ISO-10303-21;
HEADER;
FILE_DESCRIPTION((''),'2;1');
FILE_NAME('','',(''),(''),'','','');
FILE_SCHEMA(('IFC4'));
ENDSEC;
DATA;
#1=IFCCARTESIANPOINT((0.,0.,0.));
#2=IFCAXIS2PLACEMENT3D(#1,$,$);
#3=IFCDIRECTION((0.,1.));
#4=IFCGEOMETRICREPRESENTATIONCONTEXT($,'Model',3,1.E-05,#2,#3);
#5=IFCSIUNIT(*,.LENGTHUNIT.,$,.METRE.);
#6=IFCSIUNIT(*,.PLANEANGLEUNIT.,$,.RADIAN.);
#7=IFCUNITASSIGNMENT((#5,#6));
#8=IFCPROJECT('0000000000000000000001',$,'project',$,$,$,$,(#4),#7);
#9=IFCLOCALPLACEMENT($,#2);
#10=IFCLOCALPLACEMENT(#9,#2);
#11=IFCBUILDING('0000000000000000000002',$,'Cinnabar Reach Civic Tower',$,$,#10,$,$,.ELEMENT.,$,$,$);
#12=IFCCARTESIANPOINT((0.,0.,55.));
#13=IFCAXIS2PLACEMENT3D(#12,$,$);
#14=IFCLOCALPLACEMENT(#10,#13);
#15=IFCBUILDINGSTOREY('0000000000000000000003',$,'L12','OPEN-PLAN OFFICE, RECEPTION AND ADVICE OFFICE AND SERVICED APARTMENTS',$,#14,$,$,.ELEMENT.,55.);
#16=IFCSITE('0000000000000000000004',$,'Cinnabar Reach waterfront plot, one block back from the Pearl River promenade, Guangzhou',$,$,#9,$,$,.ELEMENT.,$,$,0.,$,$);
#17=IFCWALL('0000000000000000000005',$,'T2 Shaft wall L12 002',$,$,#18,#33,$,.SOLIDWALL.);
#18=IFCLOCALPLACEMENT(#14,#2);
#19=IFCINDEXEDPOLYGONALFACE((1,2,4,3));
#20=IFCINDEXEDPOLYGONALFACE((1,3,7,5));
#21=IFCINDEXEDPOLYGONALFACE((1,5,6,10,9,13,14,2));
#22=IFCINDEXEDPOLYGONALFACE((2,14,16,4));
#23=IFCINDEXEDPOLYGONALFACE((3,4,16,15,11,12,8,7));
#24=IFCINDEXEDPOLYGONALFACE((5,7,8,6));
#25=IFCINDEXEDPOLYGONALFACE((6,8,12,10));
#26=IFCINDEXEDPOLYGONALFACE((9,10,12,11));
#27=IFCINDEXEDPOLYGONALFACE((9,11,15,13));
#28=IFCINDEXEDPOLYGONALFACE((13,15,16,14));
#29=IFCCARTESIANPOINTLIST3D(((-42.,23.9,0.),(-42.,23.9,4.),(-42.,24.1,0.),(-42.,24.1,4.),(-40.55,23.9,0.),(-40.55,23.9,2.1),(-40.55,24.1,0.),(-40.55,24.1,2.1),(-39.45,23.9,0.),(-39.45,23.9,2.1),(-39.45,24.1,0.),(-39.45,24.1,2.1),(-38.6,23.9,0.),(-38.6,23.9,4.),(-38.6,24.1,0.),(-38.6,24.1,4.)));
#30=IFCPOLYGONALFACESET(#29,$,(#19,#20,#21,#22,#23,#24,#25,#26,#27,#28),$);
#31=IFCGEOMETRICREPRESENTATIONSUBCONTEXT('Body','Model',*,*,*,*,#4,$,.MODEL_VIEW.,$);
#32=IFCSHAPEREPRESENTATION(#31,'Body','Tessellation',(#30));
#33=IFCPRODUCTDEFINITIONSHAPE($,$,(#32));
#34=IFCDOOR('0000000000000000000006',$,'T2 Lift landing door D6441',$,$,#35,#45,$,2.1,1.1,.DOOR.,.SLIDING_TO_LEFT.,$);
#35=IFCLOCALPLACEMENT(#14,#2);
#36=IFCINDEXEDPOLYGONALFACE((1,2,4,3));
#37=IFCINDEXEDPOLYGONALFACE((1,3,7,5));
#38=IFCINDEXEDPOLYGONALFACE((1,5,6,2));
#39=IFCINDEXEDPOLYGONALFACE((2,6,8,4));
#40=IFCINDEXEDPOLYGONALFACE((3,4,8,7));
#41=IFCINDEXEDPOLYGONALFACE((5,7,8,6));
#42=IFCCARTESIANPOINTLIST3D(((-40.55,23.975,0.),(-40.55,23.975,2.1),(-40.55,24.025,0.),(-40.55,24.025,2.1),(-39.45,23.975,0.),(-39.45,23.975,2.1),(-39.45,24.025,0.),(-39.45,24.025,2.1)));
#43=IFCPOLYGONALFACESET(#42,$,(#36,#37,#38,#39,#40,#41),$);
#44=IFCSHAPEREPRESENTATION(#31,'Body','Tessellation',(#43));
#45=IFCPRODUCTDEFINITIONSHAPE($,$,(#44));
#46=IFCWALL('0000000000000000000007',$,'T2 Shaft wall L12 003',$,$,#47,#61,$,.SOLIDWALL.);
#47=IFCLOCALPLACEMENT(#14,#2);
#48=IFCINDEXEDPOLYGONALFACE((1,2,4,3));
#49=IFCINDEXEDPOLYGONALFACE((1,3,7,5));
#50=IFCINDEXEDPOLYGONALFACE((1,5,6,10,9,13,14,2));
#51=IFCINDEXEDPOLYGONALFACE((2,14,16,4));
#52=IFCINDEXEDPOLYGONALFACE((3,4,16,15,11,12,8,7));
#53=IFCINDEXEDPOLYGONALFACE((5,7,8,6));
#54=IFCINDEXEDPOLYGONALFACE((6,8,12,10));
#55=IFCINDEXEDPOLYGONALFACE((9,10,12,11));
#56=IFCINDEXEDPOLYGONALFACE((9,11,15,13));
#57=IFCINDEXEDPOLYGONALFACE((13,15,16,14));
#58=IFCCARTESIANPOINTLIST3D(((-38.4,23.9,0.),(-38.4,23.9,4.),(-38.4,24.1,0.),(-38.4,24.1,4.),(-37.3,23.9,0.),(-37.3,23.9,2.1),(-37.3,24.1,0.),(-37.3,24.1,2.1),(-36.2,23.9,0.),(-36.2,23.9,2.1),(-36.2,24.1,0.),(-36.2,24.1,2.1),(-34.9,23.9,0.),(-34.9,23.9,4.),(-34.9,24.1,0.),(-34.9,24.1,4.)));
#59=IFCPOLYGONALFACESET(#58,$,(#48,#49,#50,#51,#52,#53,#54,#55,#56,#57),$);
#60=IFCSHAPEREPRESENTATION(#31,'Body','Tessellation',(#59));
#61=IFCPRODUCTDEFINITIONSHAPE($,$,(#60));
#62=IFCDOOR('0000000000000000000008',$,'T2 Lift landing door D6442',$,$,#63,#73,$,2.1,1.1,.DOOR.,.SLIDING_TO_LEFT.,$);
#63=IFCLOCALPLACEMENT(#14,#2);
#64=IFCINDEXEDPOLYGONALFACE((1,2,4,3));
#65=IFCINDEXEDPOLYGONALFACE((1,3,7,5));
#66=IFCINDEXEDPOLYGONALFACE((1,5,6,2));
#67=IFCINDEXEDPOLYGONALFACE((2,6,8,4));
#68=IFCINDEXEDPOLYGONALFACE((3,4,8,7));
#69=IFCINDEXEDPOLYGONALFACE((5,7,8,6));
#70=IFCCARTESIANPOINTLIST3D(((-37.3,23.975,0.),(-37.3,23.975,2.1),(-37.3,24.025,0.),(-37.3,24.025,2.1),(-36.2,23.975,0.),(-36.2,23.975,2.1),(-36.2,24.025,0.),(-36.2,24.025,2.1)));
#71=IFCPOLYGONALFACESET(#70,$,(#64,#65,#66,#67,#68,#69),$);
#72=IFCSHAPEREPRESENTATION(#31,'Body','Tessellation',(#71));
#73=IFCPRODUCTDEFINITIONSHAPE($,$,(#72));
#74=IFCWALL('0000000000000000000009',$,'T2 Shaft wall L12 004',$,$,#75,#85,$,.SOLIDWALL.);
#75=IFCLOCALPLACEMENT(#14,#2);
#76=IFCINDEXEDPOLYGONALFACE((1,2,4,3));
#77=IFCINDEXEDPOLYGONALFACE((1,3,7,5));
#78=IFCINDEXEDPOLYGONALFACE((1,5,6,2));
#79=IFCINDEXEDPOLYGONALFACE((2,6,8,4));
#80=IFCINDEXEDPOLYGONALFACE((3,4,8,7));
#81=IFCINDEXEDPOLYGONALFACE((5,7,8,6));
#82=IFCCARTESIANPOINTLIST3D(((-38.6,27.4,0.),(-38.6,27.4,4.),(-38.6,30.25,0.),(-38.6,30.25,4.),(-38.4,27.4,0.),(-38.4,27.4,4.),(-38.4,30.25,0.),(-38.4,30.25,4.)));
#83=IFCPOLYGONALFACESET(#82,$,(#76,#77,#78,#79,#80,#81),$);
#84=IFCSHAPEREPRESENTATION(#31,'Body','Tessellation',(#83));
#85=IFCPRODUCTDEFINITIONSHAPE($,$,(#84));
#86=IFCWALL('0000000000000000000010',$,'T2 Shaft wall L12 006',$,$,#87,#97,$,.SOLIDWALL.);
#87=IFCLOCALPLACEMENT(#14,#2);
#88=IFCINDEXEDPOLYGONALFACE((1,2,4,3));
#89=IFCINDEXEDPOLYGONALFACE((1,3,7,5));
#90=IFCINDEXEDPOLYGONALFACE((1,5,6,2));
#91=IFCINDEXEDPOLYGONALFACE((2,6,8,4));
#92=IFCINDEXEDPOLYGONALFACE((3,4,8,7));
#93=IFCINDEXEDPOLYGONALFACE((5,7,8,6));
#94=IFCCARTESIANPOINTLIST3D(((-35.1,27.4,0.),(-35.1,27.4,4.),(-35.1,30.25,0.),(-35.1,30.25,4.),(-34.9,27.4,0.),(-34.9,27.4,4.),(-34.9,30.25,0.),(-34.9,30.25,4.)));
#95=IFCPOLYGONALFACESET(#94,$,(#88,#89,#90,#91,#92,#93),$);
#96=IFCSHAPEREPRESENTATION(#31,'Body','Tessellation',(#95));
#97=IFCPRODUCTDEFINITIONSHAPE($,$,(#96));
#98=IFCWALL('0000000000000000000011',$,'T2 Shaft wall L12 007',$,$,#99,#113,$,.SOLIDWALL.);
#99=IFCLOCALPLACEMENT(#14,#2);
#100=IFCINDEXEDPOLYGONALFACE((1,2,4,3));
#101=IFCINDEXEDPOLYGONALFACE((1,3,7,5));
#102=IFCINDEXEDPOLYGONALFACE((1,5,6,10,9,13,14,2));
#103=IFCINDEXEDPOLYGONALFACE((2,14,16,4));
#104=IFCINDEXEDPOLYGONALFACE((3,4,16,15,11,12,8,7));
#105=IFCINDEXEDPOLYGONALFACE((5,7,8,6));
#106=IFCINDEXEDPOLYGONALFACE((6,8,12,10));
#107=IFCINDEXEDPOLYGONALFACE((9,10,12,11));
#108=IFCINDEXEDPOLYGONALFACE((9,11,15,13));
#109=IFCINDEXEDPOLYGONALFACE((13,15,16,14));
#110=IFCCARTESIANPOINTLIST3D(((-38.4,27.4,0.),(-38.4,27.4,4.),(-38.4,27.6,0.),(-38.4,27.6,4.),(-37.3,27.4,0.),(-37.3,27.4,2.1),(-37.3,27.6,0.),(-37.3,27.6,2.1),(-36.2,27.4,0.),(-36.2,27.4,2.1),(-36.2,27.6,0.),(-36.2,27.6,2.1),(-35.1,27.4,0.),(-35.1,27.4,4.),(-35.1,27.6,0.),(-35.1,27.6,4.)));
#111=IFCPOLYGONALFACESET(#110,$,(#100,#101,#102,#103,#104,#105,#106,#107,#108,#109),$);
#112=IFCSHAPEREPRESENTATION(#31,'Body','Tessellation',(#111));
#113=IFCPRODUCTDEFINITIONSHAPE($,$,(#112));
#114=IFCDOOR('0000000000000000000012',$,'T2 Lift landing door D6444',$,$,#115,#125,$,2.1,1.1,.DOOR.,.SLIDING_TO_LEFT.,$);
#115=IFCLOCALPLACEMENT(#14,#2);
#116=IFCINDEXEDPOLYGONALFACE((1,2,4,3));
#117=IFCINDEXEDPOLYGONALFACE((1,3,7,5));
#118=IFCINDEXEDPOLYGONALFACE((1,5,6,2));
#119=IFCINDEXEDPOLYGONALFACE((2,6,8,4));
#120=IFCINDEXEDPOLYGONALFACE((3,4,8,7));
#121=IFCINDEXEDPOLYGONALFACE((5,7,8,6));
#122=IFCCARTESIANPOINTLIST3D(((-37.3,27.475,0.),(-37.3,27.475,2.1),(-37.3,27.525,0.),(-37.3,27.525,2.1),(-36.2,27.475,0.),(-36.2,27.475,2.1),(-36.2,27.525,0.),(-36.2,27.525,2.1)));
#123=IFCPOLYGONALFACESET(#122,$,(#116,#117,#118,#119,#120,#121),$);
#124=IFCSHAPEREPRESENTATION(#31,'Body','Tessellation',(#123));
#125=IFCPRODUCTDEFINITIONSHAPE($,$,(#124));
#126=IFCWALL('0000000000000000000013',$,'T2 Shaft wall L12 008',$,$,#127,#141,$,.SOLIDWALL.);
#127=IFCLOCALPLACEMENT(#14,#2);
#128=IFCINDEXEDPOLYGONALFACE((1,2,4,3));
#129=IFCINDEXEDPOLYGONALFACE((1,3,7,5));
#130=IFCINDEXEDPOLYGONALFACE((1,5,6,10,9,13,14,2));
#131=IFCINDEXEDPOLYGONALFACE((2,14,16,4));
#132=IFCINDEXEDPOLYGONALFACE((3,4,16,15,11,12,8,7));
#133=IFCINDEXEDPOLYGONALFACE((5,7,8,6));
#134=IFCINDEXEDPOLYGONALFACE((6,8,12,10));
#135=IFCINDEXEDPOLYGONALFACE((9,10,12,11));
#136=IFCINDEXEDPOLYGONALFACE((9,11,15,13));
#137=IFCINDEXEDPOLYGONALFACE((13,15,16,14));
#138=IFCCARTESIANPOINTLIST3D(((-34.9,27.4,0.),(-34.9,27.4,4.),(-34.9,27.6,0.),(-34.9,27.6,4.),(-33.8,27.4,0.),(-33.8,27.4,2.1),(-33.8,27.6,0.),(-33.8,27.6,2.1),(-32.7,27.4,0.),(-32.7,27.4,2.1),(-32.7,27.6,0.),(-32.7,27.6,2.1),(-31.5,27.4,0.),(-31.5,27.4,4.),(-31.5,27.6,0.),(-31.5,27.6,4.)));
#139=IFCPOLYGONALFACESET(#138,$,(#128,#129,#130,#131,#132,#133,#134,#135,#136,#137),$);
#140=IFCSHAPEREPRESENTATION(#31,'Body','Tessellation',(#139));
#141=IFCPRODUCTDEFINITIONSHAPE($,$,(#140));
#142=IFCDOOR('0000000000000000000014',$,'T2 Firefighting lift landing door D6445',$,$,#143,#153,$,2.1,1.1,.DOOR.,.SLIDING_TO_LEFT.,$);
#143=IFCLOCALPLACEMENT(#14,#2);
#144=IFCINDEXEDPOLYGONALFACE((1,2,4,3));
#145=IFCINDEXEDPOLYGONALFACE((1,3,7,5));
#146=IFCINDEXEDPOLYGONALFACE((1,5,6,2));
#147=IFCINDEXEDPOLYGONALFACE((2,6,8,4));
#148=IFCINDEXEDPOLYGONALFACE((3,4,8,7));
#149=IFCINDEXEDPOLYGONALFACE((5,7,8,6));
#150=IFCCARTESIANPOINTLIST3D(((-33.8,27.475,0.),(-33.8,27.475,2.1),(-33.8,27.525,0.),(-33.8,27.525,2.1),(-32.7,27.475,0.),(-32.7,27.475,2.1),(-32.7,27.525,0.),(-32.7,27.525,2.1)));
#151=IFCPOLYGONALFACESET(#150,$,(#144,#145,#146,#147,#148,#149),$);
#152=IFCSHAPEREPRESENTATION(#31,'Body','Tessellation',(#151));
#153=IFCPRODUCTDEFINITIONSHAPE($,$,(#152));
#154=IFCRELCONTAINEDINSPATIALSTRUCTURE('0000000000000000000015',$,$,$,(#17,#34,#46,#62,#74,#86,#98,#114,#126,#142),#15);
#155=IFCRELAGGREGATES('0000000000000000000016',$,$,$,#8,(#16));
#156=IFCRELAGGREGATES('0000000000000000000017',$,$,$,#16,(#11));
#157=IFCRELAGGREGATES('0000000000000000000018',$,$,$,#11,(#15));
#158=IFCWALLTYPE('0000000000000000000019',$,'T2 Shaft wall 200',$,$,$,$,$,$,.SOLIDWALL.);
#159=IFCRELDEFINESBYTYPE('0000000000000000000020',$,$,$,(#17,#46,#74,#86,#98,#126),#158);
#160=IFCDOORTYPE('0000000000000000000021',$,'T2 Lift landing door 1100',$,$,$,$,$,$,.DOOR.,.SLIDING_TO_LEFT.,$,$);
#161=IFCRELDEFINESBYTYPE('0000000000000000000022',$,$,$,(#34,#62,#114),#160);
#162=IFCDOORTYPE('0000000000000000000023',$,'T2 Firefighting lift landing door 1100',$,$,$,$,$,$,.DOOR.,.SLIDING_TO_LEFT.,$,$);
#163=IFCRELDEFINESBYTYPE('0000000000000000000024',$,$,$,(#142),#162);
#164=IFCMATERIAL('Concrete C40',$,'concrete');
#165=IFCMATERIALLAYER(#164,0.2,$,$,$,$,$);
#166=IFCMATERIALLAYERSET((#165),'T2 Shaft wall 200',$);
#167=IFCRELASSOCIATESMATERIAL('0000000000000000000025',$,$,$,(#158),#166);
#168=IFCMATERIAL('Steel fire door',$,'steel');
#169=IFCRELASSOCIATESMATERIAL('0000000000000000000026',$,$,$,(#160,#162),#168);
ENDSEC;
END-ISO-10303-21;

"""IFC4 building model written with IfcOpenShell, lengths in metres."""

from ifc_helpers import new_model, si_unit, direction, frame, frame_2d, origin, place, context, subcontext, project, spatial, rectangle, extrude, material, layer, layer_set, type_object, element, fill, save


model = new_model("IFC4")

# Units and contexts
model_context = context("Model", 3, precision=1e-05, world=origin(), true_north=direction((0.0, 1.0)))
body_context = subcontext(model_context, "Body", "Model", "MODEL_VIEW")
ifc_project = project(units=[si_unit("LENGTHUNIT", "METRE"), si_unit("PLANEANGLEUNIT", "RADIAN")], contexts=[model_context])

# Site, building, storey
site_placement = place(None, origin())
site = spatial("IfcSite", under=ifc_project, at=site_placement, Name="Cinnabar Reach waterfront plot, one block back from the Pearl River promenade, Guangzhou", CompositionType="ELEMENT", RefElevation=0.0)
building_placement = place(site_placement, origin())
building = spatial("IfcBuilding", under=site, at=building_placement, Name="Cinnabar Reach Civic Tower", CompositionType="ELEMENT")
storey_placement = place(building_placement, frame((0.0, 0.0, 55.0)))
storey = spatial("IfcBuildingStorey", under=building, at=storey_placement, Name="L12", Description="OPEN-PLAN OFFICE, RECEPTION AND ADVICE OFFICE AND SERVICED APARTMENTS", CompositionType="ELEMENT", Elevation=55.0)

# Shared definitions
ifc_material_1 = material(Name="Steel fire door", Category="steel")

# Shared definitions
ifc_material_2 = material(Name="Concrete C40", Category="concrete")

# Walls, openings, doors
ifc_layer_1 = layer(ifc_material_2, 0.2)
ifc_layer_set_1 = layer_set([ifc_layer_1], Name="T2 Shaft wall 200")
wall_type_1 = type_object("IfcWallType", Name="T2 Shaft wall 200", PredefinedType="SOLIDWALL", material=ifc_layer_set_1)
wall_1_placement = place(storey_placement, frame((-38.6, 24.0, 0.0), z_axis=(0.0, 0.0, 1.0), x_axis=(-1.0, 0.0, 0.0)))
wall_1 = element("IfcWall", 1, at=wall_1_placement, inside=storey, type_object=wall_type_1, Name="T2 Shaft wall L12 002", PredefinedType="SOLIDWALL", context=body_context, shape_type="SweptSolid", body=[
    extrude(rectangle(XDim=3.4, YDim=0.2, at=frame_2d((1.7, 0.0))), origin(), (0.0, 0.0, 1.0), 4.0),
])
opening_1_placement = place(wall_1_placement, frame((0.85, 0.0, 0.0)))
opening_1 = element("IfcOpeningElement", 2, at=opening_1_placement, cuts=wall_1, PredefinedType="OPENING", context=body_context, shape_type="SweptSolid", body=[
    extrude(rectangle(XDim=1.1, YDim=2.1, at=frame_2d((0.55, 1.05))), frame((0.0, 0.11, 0.0), z_axis=(0.0, -1.0, 0.0), x_axis=(1.0, 0.0, 0.0)), (0.0, 0.0, 1.0), 0.22),
])
door_type_1 = type_object("IfcDoorType", Name="T2 Lift landing door 1100", OperationType="SLIDING_TO_LEFT", PredefinedType="DOOR", material=ifc_material_1)
door_1_placement = place(opening_1_placement, origin())
door_1 = element("IfcDoor", 3, at=door_1_placement, inside=storey, type_object=door_type_1, Name="T2 Lift landing door D6441", OperationType="SLIDING_TO_LEFT", OverallHeight=2.1, OverallWidth=1.1, PredefinedType="DOOR", context=body_context, shape_type="SweptSolid", body=[
    extrude(rectangle(XDim=1.1, YDim=2.1, at=frame_2d((0.55, 1.05))), frame((0.0, 0.025, 0.0), z_axis=(0.0, -1.0, 0.0), x_axis=(1.0, 0.0, 0.0)), (0.0, 0.0, 1.0), 0.05),
])
fill(opening_1, door_1)
wall_2_placement = place(storey_placement, frame((-34.9, 24.0, 0.0), z_axis=(0.0, 0.0, 1.0), x_axis=(-1.0, 0.0, 0.0)))
wall_2 = element("IfcWall", 4, at=wall_2_placement, inside=storey, type_object=wall_type_1, Name="T2 Shaft wall L12 003", PredefinedType="SOLIDWALL", context=body_context, shape_type="SweptSolid", body=[
    extrude(rectangle(XDim=3.5, YDim=0.2, at=frame_2d((1.75, 0.0))), origin(), (0.0, 0.0, 1.0), 4.0),
])
opening_2_placement = place(wall_2_placement, frame((1.3, 0.0, 0.0)))
opening_2 = element("IfcOpeningElement", 5, at=opening_2_placement, cuts=wall_2, PredefinedType="OPENING", context=body_context, shape_type="SweptSolid", body=[
    extrude(rectangle(XDim=1.1, YDim=2.1, at=frame_2d((0.55, 1.05))), frame((0.0, 0.11, 0.0), z_axis=(0.0, -1.0, 0.0), x_axis=(1.0, 0.0, 0.0)), (0.0, 0.0, 1.0), 0.22),
])
door_2_placement = place(opening_2_placement, origin())
door_2 = element("IfcDoor", 6, at=door_2_placement, inside=storey, type_object=door_type_1, Name="T2 Lift landing door D6442", OperationType="SLIDING_TO_LEFT", OverallHeight=2.1, OverallWidth=1.1, PredefinedType="DOOR", context=body_context, shape_type="SweptSolid", body=[
    extrude(rectangle(XDim=1.1, YDim=2.1, at=frame_2d((0.55, 1.05))), frame((0.0, 0.025, 0.0), z_axis=(0.0, -1.0, 0.0), x_axis=(1.0, 0.0, 0.0)), (0.0, 0.0, 1.0), 0.05),
])
fill(opening_2, door_2)

# Walls
for number, where, z_axis, x_axis, name in (
    (7, (-38.5, 27.4, 0.0), (0.0, 0.0, 1.0), (0.0, 1.0, 0.0), "T2 Shaft wall L12 004"),
    (8, (-35.0, 27.4, 0.0), (0.0, 0.0, 1.0), (0.0, 1.0, 0.0), "T2 Shaft wall L12 006"),
):
    element("IfcWall", number, at=place(storey_placement, frame(where, z_axis=z_axis, x_axis=x_axis)), inside=storey, type_object=wall_type_1, Name=name, PredefinedType="SOLIDWALL", context=body_context, shape_type="SweptSolid", body=[
        extrude(rectangle(XDim=2.85, YDim=0.2, at=frame_2d((1.425, 0.0))), origin(), (0.0, 0.0, 1.0), 4.0),
    ])

# Walls, openings, doors
wall_3_placement = place(storey_placement, frame((-38.4, 27.5, 0.0), z_axis=(0.0, 0.0, 1.0), x_axis=(1.0, 0.0, 0.0)))
wall_3 = element("IfcWall", 9, at=wall_3_placement, inside=storey, type_object=wall_type_1, Name="T2 Shaft wall L12 007", PredefinedType="SOLIDWALL", context=body_context, shape_type="SweptSolid", body=[
    extrude(rectangle(XDim=3.3, YDim=0.2, at=frame_2d((1.65, 0.0))), origin(), (0.0, 0.0, 1.0), 4.0),
])
opening_3_placement = place(wall_3_placement, frame((1.1, 0.0, 0.0)))
opening_3 = element("IfcOpeningElement", 10, at=opening_3_placement, cuts=wall_3, PredefinedType="OPENING", context=body_context, shape_type="SweptSolid", body=[
    extrude(rectangle(XDim=1.1, YDim=2.1, at=frame_2d((0.55, 1.05))), frame((0.0, 0.11, 0.0), z_axis=(0.0, -1.0, 0.0), x_axis=(1.0, 0.0, 0.0)), (0.0, 0.0, 1.0), 0.22),
])
door_3_placement = place(opening_3_placement, origin())
door_3 = element("IfcDoor", 11, at=door_3_placement, inside=storey, type_object=door_type_1, Name="T2 Lift landing door D6444", OperationType="SLIDING_TO_LEFT", OverallHeight=2.1, OverallWidth=1.1, PredefinedType="DOOR", context=body_context, shape_type="SweptSolid", body=[
    extrude(rectangle(XDim=1.1, YDim=2.1, at=frame_2d((0.55, 1.05))), frame((0.0, 0.025, 0.0), z_axis=(0.0, -1.0, 0.0), x_axis=(1.0, 0.0, 0.0)), (0.0, 0.0, 1.0), 0.05),
])
fill(opening_3, door_3)
wall_4_placement = place(storey_placement, frame((-34.9, 27.5, 0.0), z_axis=(0.0, 0.0, 1.0), x_axis=(1.0, 0.0, 0.0)))
wall_4 = element("IfcWall", 12, at=wall_4_placement, inside=storey, type_object=wall_type_1, Name="T2 Shaft wall L12 008", PredefinedType="SOLIDWALL", context=body_context, shape_type="SweptSolid", body=[
    extrude(rectangle(XDim=3.4, YDim=0.2, at=frame_2d((1.7, 0.0))), origin(), (0.0, 0.0, 1.0), 4.0),
])
opening_4_placement = place(wall_4_placement, frame((1.1, 0.0, 0.0)))
opening_4 = element("IfcOpeningElement", 13, at=opening_4_placement, cuts=wall_4, PredefinedType="OPENING", context=body_context, shape_type="SweptSolid", body=[
    extrude(rectangle(XDim=1.1, YDim=2.1, at=frame_2d((0.55, 1.05))), frame((0.0, 0.11, 0.0), z_axis=(0.0, -1.0, 0.0), x_axis=(1.0, 0.0, 0.0)), (0.0, 0.0, 1.0), 0.22),
])
door_type_2 = type_object("IfcDoorType", Name="T2 Firefighting lift landing door 1100", OperationType="SLIDING_TO_LEFT", PredefinedType="DOOR", material=ifc_material_1)
door_4_placement = place(opening_4_placement, origin())
door_4 = element("IfcDoor", 14, at=door_4_placement, inside=storey, type_object=door_type_2, Name="T2 Firefighting lift landing door D6445", OperationType="SLIDING_TO_LEFT", OverallHeight=2.1, OverallWidth=1.1, PredefinedType="DOOR", context=body_context, shape_type="SweptSolid", body=[
    extrude(rectangle(XDim=1.1, YDim=2.1, at=frame_2d((0.55, 1.05))), frame((0.0, 0.025, 0.0), z_axis=(0.0, -1.0, 0.0), x_axis=(1.0, 0.0, 0.0)), (0.0, 0.0, 1.0), 0.05),
])
fill(opening_4, door_4)

save(model, "model.ifc")
